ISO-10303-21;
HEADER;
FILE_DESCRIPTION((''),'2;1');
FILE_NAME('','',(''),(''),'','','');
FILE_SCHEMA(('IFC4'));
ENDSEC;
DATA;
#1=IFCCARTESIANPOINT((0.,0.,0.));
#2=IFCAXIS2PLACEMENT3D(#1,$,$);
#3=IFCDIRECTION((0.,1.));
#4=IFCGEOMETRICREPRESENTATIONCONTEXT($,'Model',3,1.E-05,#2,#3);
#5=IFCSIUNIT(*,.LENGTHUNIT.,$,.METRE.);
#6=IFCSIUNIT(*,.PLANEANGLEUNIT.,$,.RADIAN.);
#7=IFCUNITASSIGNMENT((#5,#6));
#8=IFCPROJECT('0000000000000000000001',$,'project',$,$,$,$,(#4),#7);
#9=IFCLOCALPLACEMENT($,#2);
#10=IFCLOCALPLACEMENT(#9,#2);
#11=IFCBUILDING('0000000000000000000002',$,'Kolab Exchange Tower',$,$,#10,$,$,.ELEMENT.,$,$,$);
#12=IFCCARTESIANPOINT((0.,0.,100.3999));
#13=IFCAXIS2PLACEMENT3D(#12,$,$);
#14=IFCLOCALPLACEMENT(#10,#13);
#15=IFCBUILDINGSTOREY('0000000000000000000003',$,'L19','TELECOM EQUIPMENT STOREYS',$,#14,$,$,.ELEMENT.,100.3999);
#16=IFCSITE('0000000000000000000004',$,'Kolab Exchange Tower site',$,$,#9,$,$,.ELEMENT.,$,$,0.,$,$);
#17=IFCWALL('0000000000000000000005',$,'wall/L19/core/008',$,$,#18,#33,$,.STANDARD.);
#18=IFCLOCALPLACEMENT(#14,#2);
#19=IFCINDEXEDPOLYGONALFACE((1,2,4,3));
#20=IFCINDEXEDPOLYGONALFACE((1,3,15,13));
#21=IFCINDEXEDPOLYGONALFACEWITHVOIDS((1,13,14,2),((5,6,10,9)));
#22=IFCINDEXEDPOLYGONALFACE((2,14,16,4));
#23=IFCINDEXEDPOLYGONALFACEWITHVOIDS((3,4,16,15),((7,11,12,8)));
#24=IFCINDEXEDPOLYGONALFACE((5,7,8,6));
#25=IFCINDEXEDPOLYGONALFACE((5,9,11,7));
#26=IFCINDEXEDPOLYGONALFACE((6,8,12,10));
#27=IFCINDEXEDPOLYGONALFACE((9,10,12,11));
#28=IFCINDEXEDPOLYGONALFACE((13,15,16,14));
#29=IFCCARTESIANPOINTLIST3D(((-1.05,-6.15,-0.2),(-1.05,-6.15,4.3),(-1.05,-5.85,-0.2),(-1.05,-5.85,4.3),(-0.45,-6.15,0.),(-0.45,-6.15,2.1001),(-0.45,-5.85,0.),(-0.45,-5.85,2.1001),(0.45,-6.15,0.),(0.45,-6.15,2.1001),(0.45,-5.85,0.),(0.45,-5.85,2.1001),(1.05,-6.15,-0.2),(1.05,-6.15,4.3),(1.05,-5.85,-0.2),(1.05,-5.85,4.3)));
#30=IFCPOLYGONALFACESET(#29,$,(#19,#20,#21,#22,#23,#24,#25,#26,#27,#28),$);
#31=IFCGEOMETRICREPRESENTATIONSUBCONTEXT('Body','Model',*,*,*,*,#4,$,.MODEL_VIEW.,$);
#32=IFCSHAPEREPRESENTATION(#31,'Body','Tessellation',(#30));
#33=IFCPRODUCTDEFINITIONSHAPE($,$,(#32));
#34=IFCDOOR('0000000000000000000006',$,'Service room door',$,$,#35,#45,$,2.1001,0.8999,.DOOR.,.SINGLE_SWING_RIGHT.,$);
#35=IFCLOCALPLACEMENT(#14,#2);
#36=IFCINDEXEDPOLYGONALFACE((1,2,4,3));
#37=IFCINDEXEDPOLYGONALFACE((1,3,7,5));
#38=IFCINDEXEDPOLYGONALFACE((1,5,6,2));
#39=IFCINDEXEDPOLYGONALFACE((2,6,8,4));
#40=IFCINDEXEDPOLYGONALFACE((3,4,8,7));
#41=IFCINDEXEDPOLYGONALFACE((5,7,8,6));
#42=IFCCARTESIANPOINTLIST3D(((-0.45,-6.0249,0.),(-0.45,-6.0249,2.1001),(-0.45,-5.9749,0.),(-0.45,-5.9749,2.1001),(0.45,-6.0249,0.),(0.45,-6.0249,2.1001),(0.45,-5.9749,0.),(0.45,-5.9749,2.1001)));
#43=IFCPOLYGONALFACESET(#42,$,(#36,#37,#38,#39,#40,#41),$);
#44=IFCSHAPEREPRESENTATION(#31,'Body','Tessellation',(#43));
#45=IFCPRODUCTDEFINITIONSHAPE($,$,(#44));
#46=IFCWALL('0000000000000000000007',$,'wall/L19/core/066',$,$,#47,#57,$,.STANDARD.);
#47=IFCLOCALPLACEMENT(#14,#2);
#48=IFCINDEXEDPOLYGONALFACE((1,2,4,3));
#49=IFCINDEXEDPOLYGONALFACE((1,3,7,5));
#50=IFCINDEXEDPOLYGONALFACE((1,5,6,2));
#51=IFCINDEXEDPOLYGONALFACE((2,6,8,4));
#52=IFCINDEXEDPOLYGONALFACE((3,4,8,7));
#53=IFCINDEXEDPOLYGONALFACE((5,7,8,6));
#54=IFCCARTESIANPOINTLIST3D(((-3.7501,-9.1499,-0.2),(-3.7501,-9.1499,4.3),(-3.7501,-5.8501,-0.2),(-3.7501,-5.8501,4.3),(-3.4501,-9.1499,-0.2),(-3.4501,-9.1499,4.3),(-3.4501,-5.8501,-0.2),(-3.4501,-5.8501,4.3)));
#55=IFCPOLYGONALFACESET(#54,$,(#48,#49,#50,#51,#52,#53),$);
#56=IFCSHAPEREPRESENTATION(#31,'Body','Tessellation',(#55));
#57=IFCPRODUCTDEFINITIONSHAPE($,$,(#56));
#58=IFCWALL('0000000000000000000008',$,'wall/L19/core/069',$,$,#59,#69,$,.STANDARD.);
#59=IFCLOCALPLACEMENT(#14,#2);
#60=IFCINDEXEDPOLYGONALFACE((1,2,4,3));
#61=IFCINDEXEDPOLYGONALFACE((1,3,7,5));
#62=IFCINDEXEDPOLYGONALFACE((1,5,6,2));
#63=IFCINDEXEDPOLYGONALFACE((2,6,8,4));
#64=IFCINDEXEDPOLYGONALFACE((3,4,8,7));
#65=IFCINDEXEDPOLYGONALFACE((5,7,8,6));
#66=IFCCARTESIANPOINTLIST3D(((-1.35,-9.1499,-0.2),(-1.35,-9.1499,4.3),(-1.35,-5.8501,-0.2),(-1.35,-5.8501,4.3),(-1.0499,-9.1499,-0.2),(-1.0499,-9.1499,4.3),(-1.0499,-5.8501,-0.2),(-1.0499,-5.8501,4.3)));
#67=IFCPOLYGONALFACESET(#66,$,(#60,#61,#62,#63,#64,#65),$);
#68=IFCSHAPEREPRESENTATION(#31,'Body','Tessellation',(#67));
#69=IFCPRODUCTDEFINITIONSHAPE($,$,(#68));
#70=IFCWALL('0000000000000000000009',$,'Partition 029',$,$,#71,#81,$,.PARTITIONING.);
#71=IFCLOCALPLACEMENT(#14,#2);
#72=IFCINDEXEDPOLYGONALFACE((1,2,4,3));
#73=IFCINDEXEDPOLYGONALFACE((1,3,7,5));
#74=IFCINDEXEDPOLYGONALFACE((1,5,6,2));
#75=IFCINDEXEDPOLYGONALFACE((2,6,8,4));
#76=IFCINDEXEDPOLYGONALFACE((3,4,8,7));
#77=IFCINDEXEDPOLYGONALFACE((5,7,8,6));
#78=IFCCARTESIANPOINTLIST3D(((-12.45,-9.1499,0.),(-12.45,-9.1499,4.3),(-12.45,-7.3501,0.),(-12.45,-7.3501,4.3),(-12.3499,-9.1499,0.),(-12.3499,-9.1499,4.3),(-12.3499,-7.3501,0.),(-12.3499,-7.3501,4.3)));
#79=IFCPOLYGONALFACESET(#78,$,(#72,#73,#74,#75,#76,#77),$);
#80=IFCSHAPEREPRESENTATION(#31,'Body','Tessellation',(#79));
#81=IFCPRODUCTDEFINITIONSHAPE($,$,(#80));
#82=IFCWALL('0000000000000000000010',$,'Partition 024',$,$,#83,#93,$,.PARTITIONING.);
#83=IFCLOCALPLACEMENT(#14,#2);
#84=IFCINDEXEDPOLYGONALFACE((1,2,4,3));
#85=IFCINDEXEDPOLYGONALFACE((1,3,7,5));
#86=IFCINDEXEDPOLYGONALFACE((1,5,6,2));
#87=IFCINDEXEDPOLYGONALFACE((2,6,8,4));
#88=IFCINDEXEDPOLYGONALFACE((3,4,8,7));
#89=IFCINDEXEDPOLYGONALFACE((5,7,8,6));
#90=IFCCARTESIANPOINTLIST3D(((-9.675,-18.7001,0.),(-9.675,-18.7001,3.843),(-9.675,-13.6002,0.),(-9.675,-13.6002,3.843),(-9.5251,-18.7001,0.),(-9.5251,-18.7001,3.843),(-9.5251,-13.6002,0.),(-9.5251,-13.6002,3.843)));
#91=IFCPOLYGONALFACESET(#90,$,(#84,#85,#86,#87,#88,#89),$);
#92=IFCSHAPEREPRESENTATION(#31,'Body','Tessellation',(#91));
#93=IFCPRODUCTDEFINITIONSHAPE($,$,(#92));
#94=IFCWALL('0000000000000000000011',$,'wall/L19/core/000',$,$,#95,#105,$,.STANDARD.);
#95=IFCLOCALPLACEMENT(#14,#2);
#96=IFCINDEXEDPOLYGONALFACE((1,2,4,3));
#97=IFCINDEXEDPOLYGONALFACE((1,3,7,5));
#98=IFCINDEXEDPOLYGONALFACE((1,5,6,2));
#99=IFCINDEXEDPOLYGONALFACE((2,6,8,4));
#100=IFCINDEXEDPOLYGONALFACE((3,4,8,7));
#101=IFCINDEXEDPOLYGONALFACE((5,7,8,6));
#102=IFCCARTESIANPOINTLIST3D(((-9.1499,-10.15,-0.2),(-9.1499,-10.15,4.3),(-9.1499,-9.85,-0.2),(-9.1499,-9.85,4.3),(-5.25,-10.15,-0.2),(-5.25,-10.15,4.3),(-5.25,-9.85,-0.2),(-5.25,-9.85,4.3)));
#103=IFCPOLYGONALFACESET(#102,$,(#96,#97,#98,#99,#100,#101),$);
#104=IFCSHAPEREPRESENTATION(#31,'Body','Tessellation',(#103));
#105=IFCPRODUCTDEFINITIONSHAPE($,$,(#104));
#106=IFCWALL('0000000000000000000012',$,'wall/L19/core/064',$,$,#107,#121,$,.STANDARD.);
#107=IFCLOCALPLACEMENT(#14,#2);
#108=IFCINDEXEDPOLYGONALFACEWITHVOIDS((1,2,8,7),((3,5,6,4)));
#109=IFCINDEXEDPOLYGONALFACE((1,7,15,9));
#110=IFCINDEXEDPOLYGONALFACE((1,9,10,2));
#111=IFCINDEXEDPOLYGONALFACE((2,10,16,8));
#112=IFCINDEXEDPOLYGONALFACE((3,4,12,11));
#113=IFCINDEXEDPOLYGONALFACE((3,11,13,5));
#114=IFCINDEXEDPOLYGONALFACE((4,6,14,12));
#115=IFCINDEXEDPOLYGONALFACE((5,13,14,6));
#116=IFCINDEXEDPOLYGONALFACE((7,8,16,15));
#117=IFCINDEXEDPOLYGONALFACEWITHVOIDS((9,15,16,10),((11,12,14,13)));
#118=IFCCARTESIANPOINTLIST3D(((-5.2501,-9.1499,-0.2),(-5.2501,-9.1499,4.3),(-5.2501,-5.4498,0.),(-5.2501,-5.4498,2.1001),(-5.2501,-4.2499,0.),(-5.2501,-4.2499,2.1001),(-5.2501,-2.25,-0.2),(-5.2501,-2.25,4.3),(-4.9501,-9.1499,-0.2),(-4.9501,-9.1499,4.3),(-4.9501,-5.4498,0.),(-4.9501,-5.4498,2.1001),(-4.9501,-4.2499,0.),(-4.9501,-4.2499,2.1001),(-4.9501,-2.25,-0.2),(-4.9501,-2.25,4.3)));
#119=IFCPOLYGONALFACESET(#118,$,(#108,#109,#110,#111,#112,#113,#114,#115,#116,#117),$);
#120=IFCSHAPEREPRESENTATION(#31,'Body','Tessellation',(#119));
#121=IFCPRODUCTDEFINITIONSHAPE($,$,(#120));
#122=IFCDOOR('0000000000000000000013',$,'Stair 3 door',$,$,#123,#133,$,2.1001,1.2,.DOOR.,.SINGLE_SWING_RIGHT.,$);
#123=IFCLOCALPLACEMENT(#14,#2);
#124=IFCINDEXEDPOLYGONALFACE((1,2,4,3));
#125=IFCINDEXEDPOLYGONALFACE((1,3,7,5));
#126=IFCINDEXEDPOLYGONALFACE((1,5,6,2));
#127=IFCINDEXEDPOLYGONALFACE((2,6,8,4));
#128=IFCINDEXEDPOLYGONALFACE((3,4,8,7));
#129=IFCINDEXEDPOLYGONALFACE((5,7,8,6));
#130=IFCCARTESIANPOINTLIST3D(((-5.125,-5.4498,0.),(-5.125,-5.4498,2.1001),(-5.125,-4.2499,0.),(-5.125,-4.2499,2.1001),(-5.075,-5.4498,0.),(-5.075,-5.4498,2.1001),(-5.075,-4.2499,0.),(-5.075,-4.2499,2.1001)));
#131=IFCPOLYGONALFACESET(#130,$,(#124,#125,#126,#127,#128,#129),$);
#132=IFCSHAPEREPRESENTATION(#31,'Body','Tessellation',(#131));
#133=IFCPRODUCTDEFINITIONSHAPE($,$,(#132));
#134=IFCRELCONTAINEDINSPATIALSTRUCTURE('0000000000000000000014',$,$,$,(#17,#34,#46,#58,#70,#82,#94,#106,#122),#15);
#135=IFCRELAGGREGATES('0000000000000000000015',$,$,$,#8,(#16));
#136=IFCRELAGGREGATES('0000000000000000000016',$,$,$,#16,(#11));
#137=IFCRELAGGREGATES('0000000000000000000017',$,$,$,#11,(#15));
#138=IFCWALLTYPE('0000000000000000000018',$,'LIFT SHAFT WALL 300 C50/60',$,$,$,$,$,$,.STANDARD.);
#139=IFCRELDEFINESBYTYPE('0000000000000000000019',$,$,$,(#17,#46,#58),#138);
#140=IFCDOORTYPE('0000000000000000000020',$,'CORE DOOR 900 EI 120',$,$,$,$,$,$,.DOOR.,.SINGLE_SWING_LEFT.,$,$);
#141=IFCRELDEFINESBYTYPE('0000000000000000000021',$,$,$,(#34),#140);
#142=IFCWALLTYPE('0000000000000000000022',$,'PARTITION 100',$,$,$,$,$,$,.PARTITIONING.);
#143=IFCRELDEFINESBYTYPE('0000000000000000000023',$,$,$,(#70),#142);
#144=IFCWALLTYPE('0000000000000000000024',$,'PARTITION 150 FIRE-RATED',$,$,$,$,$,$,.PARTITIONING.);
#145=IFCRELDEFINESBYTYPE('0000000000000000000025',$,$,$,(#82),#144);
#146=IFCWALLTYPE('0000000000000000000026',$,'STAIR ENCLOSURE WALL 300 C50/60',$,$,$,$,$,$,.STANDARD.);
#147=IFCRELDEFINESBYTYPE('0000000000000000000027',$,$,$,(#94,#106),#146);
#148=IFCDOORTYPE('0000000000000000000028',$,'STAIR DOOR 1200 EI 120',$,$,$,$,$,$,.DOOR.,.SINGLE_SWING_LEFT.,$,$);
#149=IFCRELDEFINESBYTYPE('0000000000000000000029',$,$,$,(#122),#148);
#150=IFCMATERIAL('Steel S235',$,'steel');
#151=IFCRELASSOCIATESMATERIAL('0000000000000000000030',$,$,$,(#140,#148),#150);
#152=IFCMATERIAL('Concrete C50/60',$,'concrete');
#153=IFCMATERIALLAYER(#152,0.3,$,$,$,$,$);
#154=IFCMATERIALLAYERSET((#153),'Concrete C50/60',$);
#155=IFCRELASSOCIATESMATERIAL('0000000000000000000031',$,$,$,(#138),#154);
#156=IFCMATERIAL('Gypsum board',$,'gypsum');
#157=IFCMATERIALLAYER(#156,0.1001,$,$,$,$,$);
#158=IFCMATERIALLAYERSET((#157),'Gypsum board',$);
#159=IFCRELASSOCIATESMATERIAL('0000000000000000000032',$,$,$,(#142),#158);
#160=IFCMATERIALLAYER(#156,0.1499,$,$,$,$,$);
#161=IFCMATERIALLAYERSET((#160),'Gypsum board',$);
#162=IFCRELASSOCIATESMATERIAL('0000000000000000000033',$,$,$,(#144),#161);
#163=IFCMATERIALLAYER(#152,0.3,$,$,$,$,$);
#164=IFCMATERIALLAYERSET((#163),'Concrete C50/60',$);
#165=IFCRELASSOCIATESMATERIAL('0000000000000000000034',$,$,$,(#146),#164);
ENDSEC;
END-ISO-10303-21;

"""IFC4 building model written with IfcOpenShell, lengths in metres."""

from ifc_helpers import new_model, si_unit, direction, frame, frame_2d, origin, place, context, subcontext, project, spatial, rectangle, extrude, material, layer, layer_set, type_object, element, fill, save


model = new_model("IFC4")

# Units and contexts
model_context = context("Model", 3, precision=1e-05, world=origin(), true_north=direction((0.0, 1.0)))
body_context = subcontext(model_context, "Body", "Model", "MODEL_VIEW")
ifc_project = project(units=[si_unit("LENGTHUNIT", "METRE"), si_unit("PLANEANGLEUNIT", "RADIAN")], contexts=[model_context])

# Site, building, storey
site_placement = place(None, origin())
site = spatial("IfcSite", under=ifc_project, at=site_placement, Name="Kolab Exchange Tower site", CompositionType="ELEMENT", RefElevation=0.0)
building_placement = place(site_placement, origin())
building = spatial("IfcBuilding", under=site, at=building_placement, Name="Kolab Exchange Tower", CompositionType="ELEMENT")
storey_placement = place(building_placement, frame((0.0, 0.0, 100.3999)))
storey = spatial("IfcBuildingStorey", under=building, at=storey_placement, Name="L19", Description="TELECOM EQUIPMENT STOREYS", CompositionType="ELEMENT", Elevation=100.3999)

# Shared definitions
ifc_material_1 = material(Name="Steel S235", Category="steel")
door_type_1 = type_object("IfcDoorType", Name="CORE DOOR 900 EI 120", OperationType="SINGLE_SWING_LEFT", PredefinedType="DOOR", material=ifc_material_1)

# Shared definitions
ifc_material_2 = material(Name="Concrete C50/60", Category="concrete")
ifc_layer_1 = layer(ifc_material_2, 0.3)
ifc_layer_set_1 = layer_set([ifc_layer_1], Name="Concrete C50/60")
wall_type_1 = type_object("IfcWallType", Name="LIFT SHAFT WALL 300 C50/60", PredefinedType="STANDARD", material=ifc_layer_set_1)

# Wall, opening, door
wall_1_placement = place(storey_placement, frame((-1.05, -6.0, -0.2), z_axis=(0.0, 0.0, 1.0), x_axis=(1.0, 0.0, 0.0)))
wall_1 = element("IfcWall", 1, at=wall_1_placement, inside=storey, type_object=wall_type_1, Name="wall/L19/core/008", PredefinedType="STANDARD", context=body_context, shape_type="SweptSolid", body=[
    extrude(rectangle(XDim=2.1001, YDim=0.3, at=frame_2d((1.05, 0.0))), origin(), (0.0, 0.0, 1.0), 4.5),
])
opening_1_placement = place(wall_1_placement, frame((0.6001, 0.0, 0.2)))
opening_1 = element("IfcOpeningElement", 2, at=opening_1_placement, cuts=wall_1, PredefinedType="OPENING", context=body_context, shape_type="SweptSolid", body=[
    extrude(rectangle(XDim=0.8999, YDim=2.1001, at=frame_2d((0.45, 1.05))), frame((0.0, 0.1602, 0.0), z_axis=(0.0, -1.0, 0.0), x_axis=(1.0, 0.0, 0.0)), (0.0, 0.0, 1.0), 0.3201),
])
door_1_placement = place(opening_1_placement, frame((0.8999, 0.0, 0.0), z_axis=(0.0, 0.0, 1.0), x_axis=(-1.0, 0.0, 0.0)))
door_1 = element("IfcDoor", 3, at=door_1_placement, inside=storey, type_object=door_type_1, Name="Service room door", OperationType="SINGLE_SWING_RIGHT", OverallHeight=2.1001, OverallWidth=0.8999, PredefinedType="DOOR", context=body_context, shape_type="SweptSolid", body=[
    extrude(rectangle(XDim=0.8999, YDim=2.1001, at=frame_2d((0.45, 1.05))), frame((0.0, 0.0249, 0.0), z_axis=(0.0, -1.0, 0.0), x_axis=(1.0, 0.0, 0.0)), (0.0, 0.0, 1.0), 0.05),
])
fill(opening_1, door_1)

# Walls
for number, where, z_axis, x_axis, name in (
    (4, (-3.6001, -9.1499, -0.2), (0.0, 0.0, 1.0), (0.0, 1.0, 0.0), "wall/L19/core/066"),
    (5, (-1.2, -9.1499, -0.2), (0.0, 0.0, 1.0), (0.0, 1.0, 0.0), "wall/L19/core/069"),
):
    element("IfcWall", number, at=place(storey_placement, frame(where, z_axis=z_axis, x_axis=x_axis)), inside=storey, type_object=wall_type_1, Name=name, PredefinedType="STANDARD", context=body_context, shape_type="SweptSolid", body=[
        extrude(rectangle(XDim=3.2998, YDim=0.3, at=frame_2d((1.6499, 0.0))), origin(), (0.0, 0.0, 1.0), 4.5),
    ])
ifc_material_3 = material(Name="Gypsum board", Category="gypsum")
ifc_layer_2 = layer(ifc_material_3, 0.1001)
ifc_layer_set_2 = layer_set([ifc_layer_2], Name="Gypsum board")
wall_type_2 = type_object("IfcWallType", Name="PARTITION 100", PredefinedType="PARTITIONING", material=ifc_layer_set_2)
wall_2_placement = place(storey_placement, frame((-12.3999, -9.1499, 0.0), z_axis=(0.0, 0.0, 1.0), x_axis=(0.0, 1.0, 0.0)))
element("IfcWall", 6, at=wall_2_placement, inside=storey, type_object=wall_type_2, Name="Partition 029", PredefinedType="PARTITIONING", context=body_context, shape_type="SweptSolid", body=[
    extrude(rectangle(XDim=1.7998, YDim=0.1001, at=frame_2d((0.8999, 0.0))), origin(), (0.0, 0.0, 1.0), 4.3),
])
ifc_layer_3 = layer(ifc_material_3, 0.1499)
ifc_layer_set_3 = layer_set([ifc_layer_3], Name="Gypsum board")
wall_type_3 = type_object("IfcWallType", Name="PARTITION 150 FIRE-RATED", PredefinedType="PARTITIONING", material=ifc_layer_set_3)
wall_3_placement = place(storey_placement, frame((-9.6001, -18.7, 0.0), z_axis=(0.0, 0.0, 1.0), x_axis=(0.0, 1.0, 0.0)))
element("IfcWall", 7, at=wall_3_placement, inside=storey, type_object=wall_type_3, Name="Partition 024", PredefinedType="PARTITIONING", context=body_context, shape_type="SweptSolid", body=[
    extrude(rectangle(XDim=5.0999, YDim=0.1499, at=frame_2d((2.5498, 0.0))), origin(), (0.0, 0.0, 1.0), 3.843),
])
ifc_layer_4 = layer(ifc_material_2, 0.3)
ifc_layer_set_4 = layer_set([ifc_layer_4], Name="Concrete C50/60")
wall_type_4 = type_object("IfcWallType", Name="STAIR ENCLOSURE WALL 300 C50/60", PredefinedType="STANDARD", material=ifc_layer_set_4)
wall_4_placement = place(storey_placement, frame((-9.1499, -10.0, -0.2), z_axis=(0.0, 0.0, 1.0), x_axis=(1.0, 0.0, 0.0)))
element("IfcWall", 8, at=wall_4_placement, inside=storey, type_object=wall_type_4, Name="wall/L19/core/000", PredefinedType="STANDARD", context=body_context, shape_type="SweptSolid", body=[
    extrude(rectangle(XDim=3.8999, YDim=0.3, at=frame_2d((1.95, 0.0))), origin(), (0.0, 0.0, 1.0), 4.5),
])

# Wall, opening, door
wall_5_placement = place(storey_placement, frame((-5.1001, -9.1499, -0.2), z_axis=(0.0, 0.0, 1.0), x_axis=(0.0, 1.0, 0.0)))
wall_5 = element("IfcWall", 9, at=wall_5_placement, inside=storey, type_object=wall_type_4, Name="wall/L19/core/064", PredefinedType="STANDARD", context=body_context, shape_type="SweptSolid", body=[
    extrude(rectangle(XDim=6.8999, YDim=0.3, at=frame_2d((3.45, 0.0))), origin(), (0.0, 0.0, 1.0), 4.5),
])
opening_2_placement = place(wall_5_placement, frame((3.7, 0.0, 0.2)))
opening_2 = element("IfcOpeningElement", 10, at=opening_2_placement, cuts=wall_5, PredefinedType="OPENING", context=body_context, shape_type="SweptSolid", body=[
    extrude(rectangle(XDim=1.2, YDim=2.1001, at=frame_2d((0.6001, 1.05))), frame((0.0, 0.1602, 0.0), z_axis=(0.0, -1.0, 0.0), x_axis=(1.0, 0.0, 0.0)), (0.0, 0.0, 1.0), 0.3201),
])
door_type_2 = type_object("IfcDoorType", Name="STAIR DOOR 1200 EI 120", OperationType="SINGLE_SWING_LEFT", PredefinedType="DOOR", material=ifc_material_1)
door_2_placement = place(opening_2_placement, origin())
door_2 = element("IfcDoor", 11, at=door_2_placement, inside=storey, type_object=door_type_2, Name="Stair 3 door", OperationType="SINGLE_SWING_RIGHT", OverallHeight=2.1001, OverallWidth=1.2, PredefinedType="DOOR", context=body_context, shape_type="SweptSolid", body=[
    extrude(rectangle(XDim=1.2, YDim=2.1001, at=frame_2d((0.6001, 1.05))), frame((0.0, 0.0249, 0.0), z_axis=(0.0, -1.0, 0.0), x_axis=(1.0, 0.0, 0.0)), (0.0, 0.0, 1.0), 0.05),
])
fill(opening_2, door_2)

save(model, "model.ifc")
